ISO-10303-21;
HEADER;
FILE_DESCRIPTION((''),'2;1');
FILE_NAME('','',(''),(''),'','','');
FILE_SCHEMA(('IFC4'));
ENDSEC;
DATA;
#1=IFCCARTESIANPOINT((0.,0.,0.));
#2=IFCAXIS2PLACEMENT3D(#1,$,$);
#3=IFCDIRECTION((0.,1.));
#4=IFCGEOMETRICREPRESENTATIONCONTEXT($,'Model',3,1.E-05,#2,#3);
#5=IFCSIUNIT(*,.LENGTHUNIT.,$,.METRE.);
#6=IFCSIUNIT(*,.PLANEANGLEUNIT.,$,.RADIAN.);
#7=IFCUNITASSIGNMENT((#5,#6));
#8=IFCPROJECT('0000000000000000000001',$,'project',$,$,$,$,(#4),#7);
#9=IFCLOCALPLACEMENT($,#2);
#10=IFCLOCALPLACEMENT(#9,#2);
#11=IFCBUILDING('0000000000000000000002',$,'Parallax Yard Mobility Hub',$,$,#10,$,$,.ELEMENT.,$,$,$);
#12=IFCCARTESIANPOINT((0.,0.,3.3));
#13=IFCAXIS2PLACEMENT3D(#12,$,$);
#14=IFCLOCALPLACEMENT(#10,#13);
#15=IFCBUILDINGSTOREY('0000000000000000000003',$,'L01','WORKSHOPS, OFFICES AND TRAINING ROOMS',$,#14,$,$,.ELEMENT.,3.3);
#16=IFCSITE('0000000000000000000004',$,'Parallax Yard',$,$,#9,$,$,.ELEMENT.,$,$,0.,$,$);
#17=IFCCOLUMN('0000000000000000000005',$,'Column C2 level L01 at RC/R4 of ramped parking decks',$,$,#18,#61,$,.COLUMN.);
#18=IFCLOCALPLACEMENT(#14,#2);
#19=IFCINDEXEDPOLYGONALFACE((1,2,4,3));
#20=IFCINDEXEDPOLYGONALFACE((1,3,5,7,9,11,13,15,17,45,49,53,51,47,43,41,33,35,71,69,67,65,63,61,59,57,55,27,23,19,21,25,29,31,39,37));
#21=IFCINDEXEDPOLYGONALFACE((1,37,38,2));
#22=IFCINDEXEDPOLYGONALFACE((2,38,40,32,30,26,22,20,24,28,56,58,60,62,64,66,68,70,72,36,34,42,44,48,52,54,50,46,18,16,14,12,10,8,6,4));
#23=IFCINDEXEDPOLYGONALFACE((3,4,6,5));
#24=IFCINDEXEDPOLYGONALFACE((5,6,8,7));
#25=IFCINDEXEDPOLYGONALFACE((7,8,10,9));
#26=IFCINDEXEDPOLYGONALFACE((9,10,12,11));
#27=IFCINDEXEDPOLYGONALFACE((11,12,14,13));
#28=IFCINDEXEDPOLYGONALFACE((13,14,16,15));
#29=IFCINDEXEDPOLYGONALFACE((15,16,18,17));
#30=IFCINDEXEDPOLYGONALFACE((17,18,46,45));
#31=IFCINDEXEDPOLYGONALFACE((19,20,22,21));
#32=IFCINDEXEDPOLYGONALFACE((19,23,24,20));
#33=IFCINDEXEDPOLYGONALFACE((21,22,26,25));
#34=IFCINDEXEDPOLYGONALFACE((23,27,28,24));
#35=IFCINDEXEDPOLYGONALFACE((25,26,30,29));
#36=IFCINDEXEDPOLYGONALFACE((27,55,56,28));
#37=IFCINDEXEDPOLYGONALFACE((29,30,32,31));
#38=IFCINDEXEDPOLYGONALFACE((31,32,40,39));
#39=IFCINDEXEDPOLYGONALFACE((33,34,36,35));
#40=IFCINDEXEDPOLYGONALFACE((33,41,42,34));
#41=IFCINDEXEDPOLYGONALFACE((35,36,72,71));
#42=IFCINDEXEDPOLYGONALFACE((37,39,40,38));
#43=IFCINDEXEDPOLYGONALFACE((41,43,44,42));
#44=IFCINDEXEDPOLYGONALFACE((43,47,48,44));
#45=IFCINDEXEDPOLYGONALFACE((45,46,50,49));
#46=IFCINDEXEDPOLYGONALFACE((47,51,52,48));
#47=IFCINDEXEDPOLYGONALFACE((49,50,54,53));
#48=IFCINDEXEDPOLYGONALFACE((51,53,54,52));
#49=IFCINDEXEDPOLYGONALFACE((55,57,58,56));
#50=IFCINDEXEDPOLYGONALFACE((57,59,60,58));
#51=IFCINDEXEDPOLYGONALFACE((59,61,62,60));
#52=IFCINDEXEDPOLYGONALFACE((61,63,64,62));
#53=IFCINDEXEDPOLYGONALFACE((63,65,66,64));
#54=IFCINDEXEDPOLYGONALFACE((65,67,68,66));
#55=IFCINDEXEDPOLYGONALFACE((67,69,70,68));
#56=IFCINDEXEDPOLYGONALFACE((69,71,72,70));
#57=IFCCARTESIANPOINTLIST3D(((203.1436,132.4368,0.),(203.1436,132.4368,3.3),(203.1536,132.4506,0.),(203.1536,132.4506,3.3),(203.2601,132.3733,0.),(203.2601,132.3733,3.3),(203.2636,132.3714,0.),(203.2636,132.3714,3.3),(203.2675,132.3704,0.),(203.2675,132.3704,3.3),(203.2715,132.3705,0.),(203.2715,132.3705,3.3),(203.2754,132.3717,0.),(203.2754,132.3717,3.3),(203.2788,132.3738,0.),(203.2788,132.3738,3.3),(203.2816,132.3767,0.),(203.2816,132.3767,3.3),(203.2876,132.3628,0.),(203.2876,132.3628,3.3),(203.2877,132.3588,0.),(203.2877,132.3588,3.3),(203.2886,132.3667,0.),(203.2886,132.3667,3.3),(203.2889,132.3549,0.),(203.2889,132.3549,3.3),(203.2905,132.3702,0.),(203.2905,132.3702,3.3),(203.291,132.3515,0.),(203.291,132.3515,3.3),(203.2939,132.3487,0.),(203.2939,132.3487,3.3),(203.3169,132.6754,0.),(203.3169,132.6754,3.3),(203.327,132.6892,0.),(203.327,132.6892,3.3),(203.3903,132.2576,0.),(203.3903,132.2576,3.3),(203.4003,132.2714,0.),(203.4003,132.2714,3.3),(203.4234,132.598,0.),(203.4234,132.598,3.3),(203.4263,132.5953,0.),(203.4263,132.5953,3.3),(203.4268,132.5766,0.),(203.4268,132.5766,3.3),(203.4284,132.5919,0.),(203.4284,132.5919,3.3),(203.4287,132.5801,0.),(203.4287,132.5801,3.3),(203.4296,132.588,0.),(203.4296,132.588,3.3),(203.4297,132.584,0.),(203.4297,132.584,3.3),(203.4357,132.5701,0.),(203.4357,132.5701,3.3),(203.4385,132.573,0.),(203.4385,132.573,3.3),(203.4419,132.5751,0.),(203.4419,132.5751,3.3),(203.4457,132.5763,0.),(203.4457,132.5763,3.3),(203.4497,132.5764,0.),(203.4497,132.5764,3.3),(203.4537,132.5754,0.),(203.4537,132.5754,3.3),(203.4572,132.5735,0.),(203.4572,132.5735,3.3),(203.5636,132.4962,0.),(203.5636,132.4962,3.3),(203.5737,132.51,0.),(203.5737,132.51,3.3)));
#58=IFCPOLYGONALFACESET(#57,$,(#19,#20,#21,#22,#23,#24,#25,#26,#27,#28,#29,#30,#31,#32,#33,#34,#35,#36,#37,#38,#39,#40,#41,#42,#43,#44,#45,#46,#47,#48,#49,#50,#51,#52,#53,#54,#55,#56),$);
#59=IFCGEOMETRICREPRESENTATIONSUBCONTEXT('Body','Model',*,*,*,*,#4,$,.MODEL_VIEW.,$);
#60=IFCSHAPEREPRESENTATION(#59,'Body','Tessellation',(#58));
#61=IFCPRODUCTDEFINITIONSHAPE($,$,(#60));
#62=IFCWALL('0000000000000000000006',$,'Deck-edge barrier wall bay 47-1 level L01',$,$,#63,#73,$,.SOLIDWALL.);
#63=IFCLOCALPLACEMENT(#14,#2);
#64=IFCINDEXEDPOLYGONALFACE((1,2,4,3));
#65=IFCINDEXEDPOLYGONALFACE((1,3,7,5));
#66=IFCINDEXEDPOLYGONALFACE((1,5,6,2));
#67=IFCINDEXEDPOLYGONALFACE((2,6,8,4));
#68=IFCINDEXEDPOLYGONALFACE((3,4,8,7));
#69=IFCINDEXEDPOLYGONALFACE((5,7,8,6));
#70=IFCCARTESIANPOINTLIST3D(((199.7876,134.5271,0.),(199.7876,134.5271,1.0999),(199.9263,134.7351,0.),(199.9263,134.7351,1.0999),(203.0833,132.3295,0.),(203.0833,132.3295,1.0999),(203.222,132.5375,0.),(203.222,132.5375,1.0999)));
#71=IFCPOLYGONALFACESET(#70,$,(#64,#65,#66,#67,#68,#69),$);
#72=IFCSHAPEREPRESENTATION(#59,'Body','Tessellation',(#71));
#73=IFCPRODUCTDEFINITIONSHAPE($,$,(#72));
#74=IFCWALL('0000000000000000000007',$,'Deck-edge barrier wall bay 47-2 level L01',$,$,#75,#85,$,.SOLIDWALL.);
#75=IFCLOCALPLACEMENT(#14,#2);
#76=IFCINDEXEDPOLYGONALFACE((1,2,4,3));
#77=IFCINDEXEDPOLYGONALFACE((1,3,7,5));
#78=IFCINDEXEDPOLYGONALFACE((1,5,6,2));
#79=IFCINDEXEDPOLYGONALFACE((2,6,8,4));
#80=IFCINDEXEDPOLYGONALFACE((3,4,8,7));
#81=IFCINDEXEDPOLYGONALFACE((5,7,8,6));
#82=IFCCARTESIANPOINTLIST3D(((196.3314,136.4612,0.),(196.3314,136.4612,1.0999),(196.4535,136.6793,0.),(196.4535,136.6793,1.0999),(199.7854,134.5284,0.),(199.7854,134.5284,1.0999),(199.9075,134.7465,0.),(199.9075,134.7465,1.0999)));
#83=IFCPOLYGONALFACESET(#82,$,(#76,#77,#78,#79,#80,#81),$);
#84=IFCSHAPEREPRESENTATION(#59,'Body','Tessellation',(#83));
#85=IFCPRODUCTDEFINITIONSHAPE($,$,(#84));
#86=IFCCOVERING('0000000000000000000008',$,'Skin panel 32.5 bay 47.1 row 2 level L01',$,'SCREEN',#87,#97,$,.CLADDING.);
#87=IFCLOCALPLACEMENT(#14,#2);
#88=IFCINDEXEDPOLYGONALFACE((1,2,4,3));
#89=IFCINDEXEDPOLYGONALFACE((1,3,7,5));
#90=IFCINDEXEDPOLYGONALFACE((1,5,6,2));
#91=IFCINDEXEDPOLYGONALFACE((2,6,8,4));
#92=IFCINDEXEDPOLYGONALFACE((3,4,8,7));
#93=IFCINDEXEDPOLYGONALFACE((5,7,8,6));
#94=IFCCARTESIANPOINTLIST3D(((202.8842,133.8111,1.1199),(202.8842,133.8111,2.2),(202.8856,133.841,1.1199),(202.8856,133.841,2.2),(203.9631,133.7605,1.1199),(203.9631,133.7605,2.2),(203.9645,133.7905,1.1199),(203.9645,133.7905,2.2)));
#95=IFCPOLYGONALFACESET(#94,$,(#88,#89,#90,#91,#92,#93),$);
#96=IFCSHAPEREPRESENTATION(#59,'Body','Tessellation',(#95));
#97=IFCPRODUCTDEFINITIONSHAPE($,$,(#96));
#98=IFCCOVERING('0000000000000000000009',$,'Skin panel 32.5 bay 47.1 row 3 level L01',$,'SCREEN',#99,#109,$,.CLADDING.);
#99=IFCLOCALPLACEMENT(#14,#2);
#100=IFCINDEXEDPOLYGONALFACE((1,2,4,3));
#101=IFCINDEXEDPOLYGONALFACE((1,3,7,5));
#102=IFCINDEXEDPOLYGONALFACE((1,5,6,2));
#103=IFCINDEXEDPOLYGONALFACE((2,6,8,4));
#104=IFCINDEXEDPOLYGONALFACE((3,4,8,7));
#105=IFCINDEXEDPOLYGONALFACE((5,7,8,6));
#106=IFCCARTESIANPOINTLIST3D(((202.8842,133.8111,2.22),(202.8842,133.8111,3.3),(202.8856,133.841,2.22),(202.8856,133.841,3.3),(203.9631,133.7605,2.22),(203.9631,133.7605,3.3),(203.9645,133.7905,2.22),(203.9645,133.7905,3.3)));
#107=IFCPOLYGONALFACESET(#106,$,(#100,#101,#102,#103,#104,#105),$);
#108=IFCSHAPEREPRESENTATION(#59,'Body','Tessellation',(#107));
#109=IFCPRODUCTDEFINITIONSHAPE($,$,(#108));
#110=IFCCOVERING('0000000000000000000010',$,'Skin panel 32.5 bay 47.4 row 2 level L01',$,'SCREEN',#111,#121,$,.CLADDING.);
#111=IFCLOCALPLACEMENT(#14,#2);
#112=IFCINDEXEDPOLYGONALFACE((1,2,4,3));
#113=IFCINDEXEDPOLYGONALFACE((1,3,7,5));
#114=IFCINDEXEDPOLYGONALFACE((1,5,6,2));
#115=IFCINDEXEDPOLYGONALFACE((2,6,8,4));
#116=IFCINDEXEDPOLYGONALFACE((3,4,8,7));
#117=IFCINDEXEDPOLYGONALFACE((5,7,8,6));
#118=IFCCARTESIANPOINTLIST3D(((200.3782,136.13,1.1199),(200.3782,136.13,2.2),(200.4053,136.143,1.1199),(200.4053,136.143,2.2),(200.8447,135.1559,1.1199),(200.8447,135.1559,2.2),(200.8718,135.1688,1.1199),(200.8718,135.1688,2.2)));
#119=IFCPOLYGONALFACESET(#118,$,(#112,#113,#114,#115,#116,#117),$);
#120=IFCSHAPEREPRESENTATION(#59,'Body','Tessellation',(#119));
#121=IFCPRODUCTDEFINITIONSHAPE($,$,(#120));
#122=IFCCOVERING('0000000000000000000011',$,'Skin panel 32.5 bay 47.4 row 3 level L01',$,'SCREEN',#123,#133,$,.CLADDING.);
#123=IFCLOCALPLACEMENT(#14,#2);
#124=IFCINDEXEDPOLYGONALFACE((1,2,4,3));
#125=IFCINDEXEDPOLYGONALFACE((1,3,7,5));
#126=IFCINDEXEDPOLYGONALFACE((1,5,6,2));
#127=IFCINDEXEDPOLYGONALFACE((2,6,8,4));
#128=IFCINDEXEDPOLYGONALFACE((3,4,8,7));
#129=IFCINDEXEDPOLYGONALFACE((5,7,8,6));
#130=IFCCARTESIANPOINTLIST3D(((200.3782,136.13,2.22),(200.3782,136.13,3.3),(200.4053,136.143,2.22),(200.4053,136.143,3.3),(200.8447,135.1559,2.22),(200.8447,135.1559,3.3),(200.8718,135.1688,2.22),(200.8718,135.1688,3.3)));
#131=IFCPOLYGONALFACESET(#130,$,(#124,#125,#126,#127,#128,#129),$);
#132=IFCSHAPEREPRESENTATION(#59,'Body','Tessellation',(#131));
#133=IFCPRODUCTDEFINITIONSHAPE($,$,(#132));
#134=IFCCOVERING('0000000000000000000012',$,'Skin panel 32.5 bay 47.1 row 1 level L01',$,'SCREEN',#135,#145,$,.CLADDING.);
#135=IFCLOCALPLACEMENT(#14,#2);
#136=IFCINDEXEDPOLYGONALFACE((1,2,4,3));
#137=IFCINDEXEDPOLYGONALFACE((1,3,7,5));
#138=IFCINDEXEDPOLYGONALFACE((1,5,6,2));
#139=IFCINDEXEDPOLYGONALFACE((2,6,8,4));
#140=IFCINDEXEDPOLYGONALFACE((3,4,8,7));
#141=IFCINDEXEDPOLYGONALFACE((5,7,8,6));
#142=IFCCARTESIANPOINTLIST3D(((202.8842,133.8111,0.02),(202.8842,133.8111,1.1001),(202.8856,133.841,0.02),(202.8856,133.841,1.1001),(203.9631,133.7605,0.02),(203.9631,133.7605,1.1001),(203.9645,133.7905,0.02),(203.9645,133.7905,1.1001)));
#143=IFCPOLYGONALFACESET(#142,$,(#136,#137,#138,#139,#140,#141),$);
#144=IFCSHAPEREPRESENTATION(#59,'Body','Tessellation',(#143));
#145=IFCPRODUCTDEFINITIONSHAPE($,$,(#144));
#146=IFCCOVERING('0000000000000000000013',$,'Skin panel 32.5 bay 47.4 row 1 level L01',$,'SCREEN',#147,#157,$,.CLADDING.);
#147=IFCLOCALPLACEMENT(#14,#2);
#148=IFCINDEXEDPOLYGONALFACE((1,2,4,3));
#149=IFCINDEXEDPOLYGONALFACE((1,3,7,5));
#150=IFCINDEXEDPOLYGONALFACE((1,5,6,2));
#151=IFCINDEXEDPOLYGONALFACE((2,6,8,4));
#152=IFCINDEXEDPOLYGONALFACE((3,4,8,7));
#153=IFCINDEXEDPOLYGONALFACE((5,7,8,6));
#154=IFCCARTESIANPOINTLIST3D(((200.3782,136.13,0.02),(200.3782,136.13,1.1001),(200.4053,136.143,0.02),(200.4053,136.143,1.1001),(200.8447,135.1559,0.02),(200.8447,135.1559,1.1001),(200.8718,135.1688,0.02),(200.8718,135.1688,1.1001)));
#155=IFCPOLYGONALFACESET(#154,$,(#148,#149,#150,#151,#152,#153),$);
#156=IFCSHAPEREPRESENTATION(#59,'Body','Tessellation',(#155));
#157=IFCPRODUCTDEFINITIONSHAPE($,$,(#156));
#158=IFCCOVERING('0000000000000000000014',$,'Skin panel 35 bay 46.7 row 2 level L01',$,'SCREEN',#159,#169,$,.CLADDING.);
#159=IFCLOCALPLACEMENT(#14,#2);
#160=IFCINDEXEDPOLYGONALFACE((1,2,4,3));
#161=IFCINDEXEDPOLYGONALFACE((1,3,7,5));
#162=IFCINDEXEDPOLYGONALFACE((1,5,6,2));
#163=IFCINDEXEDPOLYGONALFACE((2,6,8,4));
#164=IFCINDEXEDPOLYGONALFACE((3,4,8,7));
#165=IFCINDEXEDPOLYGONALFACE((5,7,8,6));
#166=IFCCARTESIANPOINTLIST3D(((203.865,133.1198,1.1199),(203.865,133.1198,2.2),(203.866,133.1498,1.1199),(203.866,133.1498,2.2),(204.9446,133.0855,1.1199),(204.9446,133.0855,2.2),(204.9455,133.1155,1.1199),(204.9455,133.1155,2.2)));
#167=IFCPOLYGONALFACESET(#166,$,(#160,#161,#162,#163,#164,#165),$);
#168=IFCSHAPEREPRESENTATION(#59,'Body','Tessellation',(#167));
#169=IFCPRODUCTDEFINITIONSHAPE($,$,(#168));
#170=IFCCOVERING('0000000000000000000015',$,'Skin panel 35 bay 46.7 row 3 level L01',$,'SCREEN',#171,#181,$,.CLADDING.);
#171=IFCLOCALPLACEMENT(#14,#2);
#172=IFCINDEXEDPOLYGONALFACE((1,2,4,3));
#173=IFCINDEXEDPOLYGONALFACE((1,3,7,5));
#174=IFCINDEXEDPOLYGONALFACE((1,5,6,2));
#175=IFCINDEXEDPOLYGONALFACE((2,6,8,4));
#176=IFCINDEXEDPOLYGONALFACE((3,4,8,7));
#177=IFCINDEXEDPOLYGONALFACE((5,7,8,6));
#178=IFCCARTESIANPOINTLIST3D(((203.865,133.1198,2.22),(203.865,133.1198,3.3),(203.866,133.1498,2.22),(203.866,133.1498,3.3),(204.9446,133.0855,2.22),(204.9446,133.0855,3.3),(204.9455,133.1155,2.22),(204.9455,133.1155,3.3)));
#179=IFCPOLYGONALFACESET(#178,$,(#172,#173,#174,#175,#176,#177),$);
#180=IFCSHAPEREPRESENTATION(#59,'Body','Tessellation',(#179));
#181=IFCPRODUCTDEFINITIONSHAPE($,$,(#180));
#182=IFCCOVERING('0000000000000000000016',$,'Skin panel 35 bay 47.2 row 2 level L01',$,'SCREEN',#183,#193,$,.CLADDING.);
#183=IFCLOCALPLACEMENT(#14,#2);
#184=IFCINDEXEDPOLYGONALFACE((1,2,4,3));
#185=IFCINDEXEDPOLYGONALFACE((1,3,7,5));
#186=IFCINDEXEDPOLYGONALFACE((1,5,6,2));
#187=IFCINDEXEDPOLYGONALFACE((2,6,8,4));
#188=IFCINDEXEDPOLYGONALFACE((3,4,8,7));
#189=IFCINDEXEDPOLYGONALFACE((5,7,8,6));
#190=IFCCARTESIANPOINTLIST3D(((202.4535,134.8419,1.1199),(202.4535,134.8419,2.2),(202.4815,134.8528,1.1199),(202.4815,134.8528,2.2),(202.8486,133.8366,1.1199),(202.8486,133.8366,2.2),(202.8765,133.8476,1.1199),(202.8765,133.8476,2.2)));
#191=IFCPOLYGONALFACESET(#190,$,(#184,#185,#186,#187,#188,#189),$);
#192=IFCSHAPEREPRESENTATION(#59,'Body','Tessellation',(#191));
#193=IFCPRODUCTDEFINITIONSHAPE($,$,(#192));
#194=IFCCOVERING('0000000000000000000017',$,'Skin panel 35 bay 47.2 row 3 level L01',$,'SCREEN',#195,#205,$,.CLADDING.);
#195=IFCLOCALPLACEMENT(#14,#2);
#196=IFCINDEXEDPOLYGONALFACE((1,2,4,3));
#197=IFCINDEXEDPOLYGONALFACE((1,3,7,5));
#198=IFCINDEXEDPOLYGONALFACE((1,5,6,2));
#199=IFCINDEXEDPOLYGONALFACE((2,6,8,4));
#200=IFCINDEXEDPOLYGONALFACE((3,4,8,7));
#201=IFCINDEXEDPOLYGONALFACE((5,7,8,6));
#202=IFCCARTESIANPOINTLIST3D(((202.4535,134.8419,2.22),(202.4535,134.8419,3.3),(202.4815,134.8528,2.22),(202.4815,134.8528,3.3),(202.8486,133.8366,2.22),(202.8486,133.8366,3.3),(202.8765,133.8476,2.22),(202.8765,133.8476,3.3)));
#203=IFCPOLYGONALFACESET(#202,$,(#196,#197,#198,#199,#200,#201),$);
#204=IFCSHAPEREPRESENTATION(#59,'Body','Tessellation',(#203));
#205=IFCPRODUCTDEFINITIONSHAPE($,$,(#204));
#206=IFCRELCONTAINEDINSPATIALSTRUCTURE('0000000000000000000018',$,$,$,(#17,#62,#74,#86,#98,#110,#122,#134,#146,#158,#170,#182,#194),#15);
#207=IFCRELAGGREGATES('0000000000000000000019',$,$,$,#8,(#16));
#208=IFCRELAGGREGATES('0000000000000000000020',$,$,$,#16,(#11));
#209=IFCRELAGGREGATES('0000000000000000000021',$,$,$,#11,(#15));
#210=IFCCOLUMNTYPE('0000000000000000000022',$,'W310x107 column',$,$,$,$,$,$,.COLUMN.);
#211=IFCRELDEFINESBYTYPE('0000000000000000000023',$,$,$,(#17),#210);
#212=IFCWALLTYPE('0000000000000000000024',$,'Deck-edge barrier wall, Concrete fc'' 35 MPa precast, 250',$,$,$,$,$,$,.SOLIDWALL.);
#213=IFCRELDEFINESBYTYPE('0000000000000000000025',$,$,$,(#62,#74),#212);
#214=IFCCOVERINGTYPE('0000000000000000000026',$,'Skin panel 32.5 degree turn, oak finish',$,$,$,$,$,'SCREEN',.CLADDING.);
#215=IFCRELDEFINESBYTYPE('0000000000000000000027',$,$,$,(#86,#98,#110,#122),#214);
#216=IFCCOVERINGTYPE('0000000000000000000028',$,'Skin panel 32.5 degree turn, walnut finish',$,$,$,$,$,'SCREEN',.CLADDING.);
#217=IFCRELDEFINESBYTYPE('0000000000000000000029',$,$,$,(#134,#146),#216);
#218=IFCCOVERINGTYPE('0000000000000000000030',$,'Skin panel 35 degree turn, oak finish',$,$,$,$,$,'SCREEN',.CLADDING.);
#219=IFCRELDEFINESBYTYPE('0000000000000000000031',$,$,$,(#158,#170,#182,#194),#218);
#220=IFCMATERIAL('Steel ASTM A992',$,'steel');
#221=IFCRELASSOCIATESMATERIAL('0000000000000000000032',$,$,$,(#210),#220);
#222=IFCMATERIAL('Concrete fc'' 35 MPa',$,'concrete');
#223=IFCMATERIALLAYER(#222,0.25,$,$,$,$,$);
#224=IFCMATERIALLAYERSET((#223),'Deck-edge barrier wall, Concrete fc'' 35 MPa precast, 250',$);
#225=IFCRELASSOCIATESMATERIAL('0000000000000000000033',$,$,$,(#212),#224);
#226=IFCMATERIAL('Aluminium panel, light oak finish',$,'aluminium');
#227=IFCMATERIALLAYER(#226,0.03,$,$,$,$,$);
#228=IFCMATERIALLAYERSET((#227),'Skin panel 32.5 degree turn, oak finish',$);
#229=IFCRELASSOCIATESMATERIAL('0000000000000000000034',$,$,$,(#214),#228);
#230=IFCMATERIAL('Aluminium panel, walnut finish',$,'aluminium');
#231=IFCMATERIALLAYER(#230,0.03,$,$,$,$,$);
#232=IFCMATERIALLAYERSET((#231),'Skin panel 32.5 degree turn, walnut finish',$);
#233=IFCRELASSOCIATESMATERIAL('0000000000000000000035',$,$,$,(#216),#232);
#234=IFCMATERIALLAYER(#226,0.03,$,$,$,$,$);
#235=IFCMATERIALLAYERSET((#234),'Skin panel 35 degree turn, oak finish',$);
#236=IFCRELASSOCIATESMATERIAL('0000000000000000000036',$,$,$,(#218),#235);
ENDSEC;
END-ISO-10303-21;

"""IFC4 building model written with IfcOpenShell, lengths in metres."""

from ifc_helpers import new_model, si_unit, direction, frame, frame_2d, origin, origin_2d, place, context, subcontext, project, spatial, rectangle, i_section, extrude, material, layer, layer_set, material_profile, profile_set, type_object, element, save


model = new_model("IFC4")

# Units and contexts
model_context = context("Model", 3, precision=1e-05, world=origin(), true_north=direction((0.0, 1.0)))
body_context = subcontext(model_context, "Body", "Model", "MODEL_VIEW")
ifc_project = project(units=[si_unit("LENGTHUNIT", "METRE"), si_unit("PLANEANGLEUNIT", "RADIAN")], contexts=[model_context])

# Site, building, storey
site_placement = place(None, origin())
site = spatial("IfcSite", under=ifc_project, at=site_placement, Name="Parallax Yard", CompositionType="ELEMENT", RefElevation=0.0)
building_placement = place(site_placement, origin())
building = spatial("IfcBuilding", under=site, at=building_placement, Name="Parallax Yard Mobility Hub", CompositionType="ELEMENT")
storey_placement = place(building_placement, frame((0.0, 0.0, 3.3)))
storey = spatial("IfcBuildingStorey", under=building, at=storey_placement, Name="L01", Description="WORKSHOPS, OFFICES AND TRAINING ROOMS", CompositionType="ELEMENT", Elevation=3.3)

# Column
ifc_material_1 = material(Name="Steel ASTM A992", Category="steel")
ifc_material_profile_1 = material_profile(ifc_material_1, i_section(OverallWidth=0.3049, OverallDepth=0.312, WebThickness=0.011, FlangeThickness=0.0171, FilletRadius=0.0154, at=origin_2d()), Name="W310x107")
ifc_profile_set_1 = profile_set([ifc_material_profile_1], Name="Steel ASTM A992")
column_type = type_object("IfcColumnType", Name="W310x107 column", PredefinedType="COLUMN", material=ifc_profile_set_1)
column_placement = place(storey_placement, frame((203.3586, 132.4734, 0.0), z_axis=(0.0, 0.0, 1.0), x_axis=(-0.809017, 0.587785, 0.0)))
element("IfcColumn", 1, at=column_placement, inside=storey, type_object=column_type, Name="Column C2 level L01 at RC/R4 of ramped parking decks", PredefinedType="COLUMN", context=body_context, shape_type="SweptSolid", body=[
    extrude(i_section(OverallWidth=0.3049, OverallDepth=0.312, WebThickness=0.011, FlangeThickness=0.0171, FilletRadius=0.0154, at=origin_2d()), origin(), (0.0, 0.0, 1.0), 3.3),
])

# Walls
ifc_material_2 = material(Name="Concrete fc' 35 MPa", Category="concrete")
ifc_layer_1 = layer(ifc_material_2, 0.25)
ifc_layer_set_1 = layer_set([ifc_layer_1], Name="Deck-edge barrier wall, Concrete fc' 35 MPa precast, 250")
wall_type = type_object("IfcWallType", Name="Deck-edge barrier wall, Concrete fc' 35 MPa precast, 250", PredefinedType="SOLIDWALL", material=ifc_layer_set_1)
wall_1_placement = place(storey_placement, frame((203.1526, 132.4336, 0.0), z_axis=(0.0, 0.0, 1.0), x_axis=(-0.832003, 0.554771, 0.0)))
element("IfcWall", 2, at=wall_1_placement, inside=storey, type_object=wall_type, Name="Deck-edge barrier wall bay 47-1 level L01", PredefinedType="SOLIDWALL", context=body_context, shape_type="SweptSolid", body=[
    extrude(rectangle(XDim=3.9612, YDim=0.25, at=frame_2d((1.9805, 0.0))), origin(), (0.0, 0.0, 1.0), 1.0999),
])
wall_2_placement = place(storey_placement, frame((199.8464, 134.6375, 0.0), z_axis=(0.0, 0.0, 1.0), x_axis=(-0.872661, 0.488327, 0.0)))
element("IfcWall", 3, at=wall_2_placement, inside=storey, type_object=wall_type, Name="Deck-edge barrier wall bay 47-2 level L01", PredefinedType="SOLIDWALL", context=body_context, shape_type="SweptSolid", body=[
    extrude(rectangle(XDim=3.958, YDim=0.25, at=frame_2d((1.979, 0.0))), origin(), (0.0, 0.0, 1.0), 1.0999),
])

# Coverings
ifc_material_3 = material(Name="Aluminium panel, light oak finish", Category="aluminium")
ifc_layer_2 = layer(ifc_material_3, 0.03)
ifc_layer_set_2 = layer_set([ifc_layer_2], Name="Skin panel 32.5 degree turn, oak finish")
covering_type_1 = type_object("IfcCoveringType", Name="Skin panel 32.5 degree turn, oak finish", ElementType="SCREEN", PredefinedType="CLADDING", material=ifc_layer_set_2)
for number, where, z_axis, x_axis, name in (
    (4, (203.4243, 133.8008, 1.1199), (0.0, 0.0, 1.0), (0.998905, -0.046789, 0.0), "Skin panel 32.5 bay 47.1 row 2 level L01"),
    (5, (203.4243, 133.8008, 2.22), (0.0, 0.0, 1.0), (0.998905, -0.046789, 0.0), "Skin panel 32.5 bay 47.1 row 3 level L01"),
    (6, (200.625, 135.6494, 1.1199), (0.0, 0.0, 1.0), (-0.431943, 0.901901, 0.0), "Skin panel 32.5 bay 47.4 row 2 level L01"),
    (7, (200.625, 135.6494, 2.22), (0.0, 0.0, 1.0), (-0.431943, 0.901901, 0.0), "Skin panel 32.5 bay 47.4 row 3 level L01"),
):
    element("IfcCovering", number, at=place(storey_placement, frame(where, z_axis=z_axis, x_axis=x_axis)), inside=storey, type_object=covering_type_1, Name=name, ObjectType="SCREEN", PredefinedType="CLADDING", context=body_context, shape_type="SweptSolid", body=[
        extrude(rectangle(XDim=1.0801, YDim=0.03, at=origin_2d()), origin(), (0.0, 0.0, 1.0), 1.0801),
    ])
ifc_material_4 = material(Name="Aluminium panel, walnut finish", Category="aluminium")
ifc_layer_3 = layer(ifc_material_4, 0.03)
ifc_layer_set_3 = layer_set([ifc_layer_3], Name="Skin panel 32.5 degree turn, walnut finish")
covering_type_2 = type_object("IfcCoveringType", Name="Skin panel 32.5 degree turn, walnut finish", ElementType="SCREEN", PredefinedType="CLADDING", material=ifc_layer_set_3)
for number, where, z_axis, x_axis, name in (
    (8, (203.4243, 133.8008, 0.02), (0.0, 0.0, 1.0), (0.998905, -0.046789, 0.0), "Skin panel 32.5 bay 47.1 row 1 level L01"),
    (9, (200.625, 135.6494, 0.02), (0.0, 0.0, 1.0), (-0.431943, 0.901901, 0.0), "Skin panel 32.5 bay 47.4 row 1 level L01"),
):
    element("IfcCovering", number, at=place(storey_placement, frame(where, z_axis=z_axis, x_axis=x_axis)), inside=storey, type_object=covering_type_2, Name=name, ObjectType="SCREEN", PredefinedType="CLADDING", context=body_context, shape_type="SweptSolid", body=[
        extrude(rectangle(XDim=1.0801, YDim=0.03, at=origin_2d()), origin(), (0.0, 0.0, 1.0), 1.0801),
    ])
ifc_layer_4 = layer(ifc_material_3, 0.03)
ifc_layer_set_4 = layer_set([ifc_layer_4], Name="Skin panel 35 degree turn, oak finish")
covering_type_3 = type_object("IfcCoveringType", Name="Skin panel 35 degree turn, oak finish", ElementType="SCREEN", PredefinedType="CLADDING", material=ifc_layer_set_4)
for number, where, z_axis, x_axis, name in (
    (10, (204.4053, 133.1177, 1.1199), (0.0, 0.0, 1.0), (0.999497, -0.031728, 0.0), "Skin panel 35 bay 46.7 row 2 level L01"),
    (11, (204.4053, 133.1177, 2.22), (0.0, 0.0, 1.0), (0.999497, -0.031728, 0.0), "Skin panel 35 bay 46.7 row 3 level L01"),
    (12, (202.665, 134.3447, 1.1199), (0.0, 0.0, 1.0), (-0.365762, 0.930708, 0.0), "Skin panel 35 bay 47.2 row 2 level L01"),
    (13, (202.665, 134.3447, 2.22), (0.0, 0.0, 1.0), (-0.365762, 0.930708, 0.0), "Skin panel 35 bay 47.2 row 3 level L01"),
):
    element("IfcCovering", number, at=place(storey_placement, frame(where, z_axis=z_axis, x_axis=x_axis)), inside=storey, type_object=covering_type_3, Name=name, ObjectType="SCREEN", PredefinedType="CLADDING", context=body_context, shape_type="SweptSolid", body=[
        extrude(rectangle(XDim=1.0801, YDim=0.03, at=origin_2d()), origin(), (0.0, 0.0, 1.0), 1.0801),
    ])

save(model, "model.ifc")
